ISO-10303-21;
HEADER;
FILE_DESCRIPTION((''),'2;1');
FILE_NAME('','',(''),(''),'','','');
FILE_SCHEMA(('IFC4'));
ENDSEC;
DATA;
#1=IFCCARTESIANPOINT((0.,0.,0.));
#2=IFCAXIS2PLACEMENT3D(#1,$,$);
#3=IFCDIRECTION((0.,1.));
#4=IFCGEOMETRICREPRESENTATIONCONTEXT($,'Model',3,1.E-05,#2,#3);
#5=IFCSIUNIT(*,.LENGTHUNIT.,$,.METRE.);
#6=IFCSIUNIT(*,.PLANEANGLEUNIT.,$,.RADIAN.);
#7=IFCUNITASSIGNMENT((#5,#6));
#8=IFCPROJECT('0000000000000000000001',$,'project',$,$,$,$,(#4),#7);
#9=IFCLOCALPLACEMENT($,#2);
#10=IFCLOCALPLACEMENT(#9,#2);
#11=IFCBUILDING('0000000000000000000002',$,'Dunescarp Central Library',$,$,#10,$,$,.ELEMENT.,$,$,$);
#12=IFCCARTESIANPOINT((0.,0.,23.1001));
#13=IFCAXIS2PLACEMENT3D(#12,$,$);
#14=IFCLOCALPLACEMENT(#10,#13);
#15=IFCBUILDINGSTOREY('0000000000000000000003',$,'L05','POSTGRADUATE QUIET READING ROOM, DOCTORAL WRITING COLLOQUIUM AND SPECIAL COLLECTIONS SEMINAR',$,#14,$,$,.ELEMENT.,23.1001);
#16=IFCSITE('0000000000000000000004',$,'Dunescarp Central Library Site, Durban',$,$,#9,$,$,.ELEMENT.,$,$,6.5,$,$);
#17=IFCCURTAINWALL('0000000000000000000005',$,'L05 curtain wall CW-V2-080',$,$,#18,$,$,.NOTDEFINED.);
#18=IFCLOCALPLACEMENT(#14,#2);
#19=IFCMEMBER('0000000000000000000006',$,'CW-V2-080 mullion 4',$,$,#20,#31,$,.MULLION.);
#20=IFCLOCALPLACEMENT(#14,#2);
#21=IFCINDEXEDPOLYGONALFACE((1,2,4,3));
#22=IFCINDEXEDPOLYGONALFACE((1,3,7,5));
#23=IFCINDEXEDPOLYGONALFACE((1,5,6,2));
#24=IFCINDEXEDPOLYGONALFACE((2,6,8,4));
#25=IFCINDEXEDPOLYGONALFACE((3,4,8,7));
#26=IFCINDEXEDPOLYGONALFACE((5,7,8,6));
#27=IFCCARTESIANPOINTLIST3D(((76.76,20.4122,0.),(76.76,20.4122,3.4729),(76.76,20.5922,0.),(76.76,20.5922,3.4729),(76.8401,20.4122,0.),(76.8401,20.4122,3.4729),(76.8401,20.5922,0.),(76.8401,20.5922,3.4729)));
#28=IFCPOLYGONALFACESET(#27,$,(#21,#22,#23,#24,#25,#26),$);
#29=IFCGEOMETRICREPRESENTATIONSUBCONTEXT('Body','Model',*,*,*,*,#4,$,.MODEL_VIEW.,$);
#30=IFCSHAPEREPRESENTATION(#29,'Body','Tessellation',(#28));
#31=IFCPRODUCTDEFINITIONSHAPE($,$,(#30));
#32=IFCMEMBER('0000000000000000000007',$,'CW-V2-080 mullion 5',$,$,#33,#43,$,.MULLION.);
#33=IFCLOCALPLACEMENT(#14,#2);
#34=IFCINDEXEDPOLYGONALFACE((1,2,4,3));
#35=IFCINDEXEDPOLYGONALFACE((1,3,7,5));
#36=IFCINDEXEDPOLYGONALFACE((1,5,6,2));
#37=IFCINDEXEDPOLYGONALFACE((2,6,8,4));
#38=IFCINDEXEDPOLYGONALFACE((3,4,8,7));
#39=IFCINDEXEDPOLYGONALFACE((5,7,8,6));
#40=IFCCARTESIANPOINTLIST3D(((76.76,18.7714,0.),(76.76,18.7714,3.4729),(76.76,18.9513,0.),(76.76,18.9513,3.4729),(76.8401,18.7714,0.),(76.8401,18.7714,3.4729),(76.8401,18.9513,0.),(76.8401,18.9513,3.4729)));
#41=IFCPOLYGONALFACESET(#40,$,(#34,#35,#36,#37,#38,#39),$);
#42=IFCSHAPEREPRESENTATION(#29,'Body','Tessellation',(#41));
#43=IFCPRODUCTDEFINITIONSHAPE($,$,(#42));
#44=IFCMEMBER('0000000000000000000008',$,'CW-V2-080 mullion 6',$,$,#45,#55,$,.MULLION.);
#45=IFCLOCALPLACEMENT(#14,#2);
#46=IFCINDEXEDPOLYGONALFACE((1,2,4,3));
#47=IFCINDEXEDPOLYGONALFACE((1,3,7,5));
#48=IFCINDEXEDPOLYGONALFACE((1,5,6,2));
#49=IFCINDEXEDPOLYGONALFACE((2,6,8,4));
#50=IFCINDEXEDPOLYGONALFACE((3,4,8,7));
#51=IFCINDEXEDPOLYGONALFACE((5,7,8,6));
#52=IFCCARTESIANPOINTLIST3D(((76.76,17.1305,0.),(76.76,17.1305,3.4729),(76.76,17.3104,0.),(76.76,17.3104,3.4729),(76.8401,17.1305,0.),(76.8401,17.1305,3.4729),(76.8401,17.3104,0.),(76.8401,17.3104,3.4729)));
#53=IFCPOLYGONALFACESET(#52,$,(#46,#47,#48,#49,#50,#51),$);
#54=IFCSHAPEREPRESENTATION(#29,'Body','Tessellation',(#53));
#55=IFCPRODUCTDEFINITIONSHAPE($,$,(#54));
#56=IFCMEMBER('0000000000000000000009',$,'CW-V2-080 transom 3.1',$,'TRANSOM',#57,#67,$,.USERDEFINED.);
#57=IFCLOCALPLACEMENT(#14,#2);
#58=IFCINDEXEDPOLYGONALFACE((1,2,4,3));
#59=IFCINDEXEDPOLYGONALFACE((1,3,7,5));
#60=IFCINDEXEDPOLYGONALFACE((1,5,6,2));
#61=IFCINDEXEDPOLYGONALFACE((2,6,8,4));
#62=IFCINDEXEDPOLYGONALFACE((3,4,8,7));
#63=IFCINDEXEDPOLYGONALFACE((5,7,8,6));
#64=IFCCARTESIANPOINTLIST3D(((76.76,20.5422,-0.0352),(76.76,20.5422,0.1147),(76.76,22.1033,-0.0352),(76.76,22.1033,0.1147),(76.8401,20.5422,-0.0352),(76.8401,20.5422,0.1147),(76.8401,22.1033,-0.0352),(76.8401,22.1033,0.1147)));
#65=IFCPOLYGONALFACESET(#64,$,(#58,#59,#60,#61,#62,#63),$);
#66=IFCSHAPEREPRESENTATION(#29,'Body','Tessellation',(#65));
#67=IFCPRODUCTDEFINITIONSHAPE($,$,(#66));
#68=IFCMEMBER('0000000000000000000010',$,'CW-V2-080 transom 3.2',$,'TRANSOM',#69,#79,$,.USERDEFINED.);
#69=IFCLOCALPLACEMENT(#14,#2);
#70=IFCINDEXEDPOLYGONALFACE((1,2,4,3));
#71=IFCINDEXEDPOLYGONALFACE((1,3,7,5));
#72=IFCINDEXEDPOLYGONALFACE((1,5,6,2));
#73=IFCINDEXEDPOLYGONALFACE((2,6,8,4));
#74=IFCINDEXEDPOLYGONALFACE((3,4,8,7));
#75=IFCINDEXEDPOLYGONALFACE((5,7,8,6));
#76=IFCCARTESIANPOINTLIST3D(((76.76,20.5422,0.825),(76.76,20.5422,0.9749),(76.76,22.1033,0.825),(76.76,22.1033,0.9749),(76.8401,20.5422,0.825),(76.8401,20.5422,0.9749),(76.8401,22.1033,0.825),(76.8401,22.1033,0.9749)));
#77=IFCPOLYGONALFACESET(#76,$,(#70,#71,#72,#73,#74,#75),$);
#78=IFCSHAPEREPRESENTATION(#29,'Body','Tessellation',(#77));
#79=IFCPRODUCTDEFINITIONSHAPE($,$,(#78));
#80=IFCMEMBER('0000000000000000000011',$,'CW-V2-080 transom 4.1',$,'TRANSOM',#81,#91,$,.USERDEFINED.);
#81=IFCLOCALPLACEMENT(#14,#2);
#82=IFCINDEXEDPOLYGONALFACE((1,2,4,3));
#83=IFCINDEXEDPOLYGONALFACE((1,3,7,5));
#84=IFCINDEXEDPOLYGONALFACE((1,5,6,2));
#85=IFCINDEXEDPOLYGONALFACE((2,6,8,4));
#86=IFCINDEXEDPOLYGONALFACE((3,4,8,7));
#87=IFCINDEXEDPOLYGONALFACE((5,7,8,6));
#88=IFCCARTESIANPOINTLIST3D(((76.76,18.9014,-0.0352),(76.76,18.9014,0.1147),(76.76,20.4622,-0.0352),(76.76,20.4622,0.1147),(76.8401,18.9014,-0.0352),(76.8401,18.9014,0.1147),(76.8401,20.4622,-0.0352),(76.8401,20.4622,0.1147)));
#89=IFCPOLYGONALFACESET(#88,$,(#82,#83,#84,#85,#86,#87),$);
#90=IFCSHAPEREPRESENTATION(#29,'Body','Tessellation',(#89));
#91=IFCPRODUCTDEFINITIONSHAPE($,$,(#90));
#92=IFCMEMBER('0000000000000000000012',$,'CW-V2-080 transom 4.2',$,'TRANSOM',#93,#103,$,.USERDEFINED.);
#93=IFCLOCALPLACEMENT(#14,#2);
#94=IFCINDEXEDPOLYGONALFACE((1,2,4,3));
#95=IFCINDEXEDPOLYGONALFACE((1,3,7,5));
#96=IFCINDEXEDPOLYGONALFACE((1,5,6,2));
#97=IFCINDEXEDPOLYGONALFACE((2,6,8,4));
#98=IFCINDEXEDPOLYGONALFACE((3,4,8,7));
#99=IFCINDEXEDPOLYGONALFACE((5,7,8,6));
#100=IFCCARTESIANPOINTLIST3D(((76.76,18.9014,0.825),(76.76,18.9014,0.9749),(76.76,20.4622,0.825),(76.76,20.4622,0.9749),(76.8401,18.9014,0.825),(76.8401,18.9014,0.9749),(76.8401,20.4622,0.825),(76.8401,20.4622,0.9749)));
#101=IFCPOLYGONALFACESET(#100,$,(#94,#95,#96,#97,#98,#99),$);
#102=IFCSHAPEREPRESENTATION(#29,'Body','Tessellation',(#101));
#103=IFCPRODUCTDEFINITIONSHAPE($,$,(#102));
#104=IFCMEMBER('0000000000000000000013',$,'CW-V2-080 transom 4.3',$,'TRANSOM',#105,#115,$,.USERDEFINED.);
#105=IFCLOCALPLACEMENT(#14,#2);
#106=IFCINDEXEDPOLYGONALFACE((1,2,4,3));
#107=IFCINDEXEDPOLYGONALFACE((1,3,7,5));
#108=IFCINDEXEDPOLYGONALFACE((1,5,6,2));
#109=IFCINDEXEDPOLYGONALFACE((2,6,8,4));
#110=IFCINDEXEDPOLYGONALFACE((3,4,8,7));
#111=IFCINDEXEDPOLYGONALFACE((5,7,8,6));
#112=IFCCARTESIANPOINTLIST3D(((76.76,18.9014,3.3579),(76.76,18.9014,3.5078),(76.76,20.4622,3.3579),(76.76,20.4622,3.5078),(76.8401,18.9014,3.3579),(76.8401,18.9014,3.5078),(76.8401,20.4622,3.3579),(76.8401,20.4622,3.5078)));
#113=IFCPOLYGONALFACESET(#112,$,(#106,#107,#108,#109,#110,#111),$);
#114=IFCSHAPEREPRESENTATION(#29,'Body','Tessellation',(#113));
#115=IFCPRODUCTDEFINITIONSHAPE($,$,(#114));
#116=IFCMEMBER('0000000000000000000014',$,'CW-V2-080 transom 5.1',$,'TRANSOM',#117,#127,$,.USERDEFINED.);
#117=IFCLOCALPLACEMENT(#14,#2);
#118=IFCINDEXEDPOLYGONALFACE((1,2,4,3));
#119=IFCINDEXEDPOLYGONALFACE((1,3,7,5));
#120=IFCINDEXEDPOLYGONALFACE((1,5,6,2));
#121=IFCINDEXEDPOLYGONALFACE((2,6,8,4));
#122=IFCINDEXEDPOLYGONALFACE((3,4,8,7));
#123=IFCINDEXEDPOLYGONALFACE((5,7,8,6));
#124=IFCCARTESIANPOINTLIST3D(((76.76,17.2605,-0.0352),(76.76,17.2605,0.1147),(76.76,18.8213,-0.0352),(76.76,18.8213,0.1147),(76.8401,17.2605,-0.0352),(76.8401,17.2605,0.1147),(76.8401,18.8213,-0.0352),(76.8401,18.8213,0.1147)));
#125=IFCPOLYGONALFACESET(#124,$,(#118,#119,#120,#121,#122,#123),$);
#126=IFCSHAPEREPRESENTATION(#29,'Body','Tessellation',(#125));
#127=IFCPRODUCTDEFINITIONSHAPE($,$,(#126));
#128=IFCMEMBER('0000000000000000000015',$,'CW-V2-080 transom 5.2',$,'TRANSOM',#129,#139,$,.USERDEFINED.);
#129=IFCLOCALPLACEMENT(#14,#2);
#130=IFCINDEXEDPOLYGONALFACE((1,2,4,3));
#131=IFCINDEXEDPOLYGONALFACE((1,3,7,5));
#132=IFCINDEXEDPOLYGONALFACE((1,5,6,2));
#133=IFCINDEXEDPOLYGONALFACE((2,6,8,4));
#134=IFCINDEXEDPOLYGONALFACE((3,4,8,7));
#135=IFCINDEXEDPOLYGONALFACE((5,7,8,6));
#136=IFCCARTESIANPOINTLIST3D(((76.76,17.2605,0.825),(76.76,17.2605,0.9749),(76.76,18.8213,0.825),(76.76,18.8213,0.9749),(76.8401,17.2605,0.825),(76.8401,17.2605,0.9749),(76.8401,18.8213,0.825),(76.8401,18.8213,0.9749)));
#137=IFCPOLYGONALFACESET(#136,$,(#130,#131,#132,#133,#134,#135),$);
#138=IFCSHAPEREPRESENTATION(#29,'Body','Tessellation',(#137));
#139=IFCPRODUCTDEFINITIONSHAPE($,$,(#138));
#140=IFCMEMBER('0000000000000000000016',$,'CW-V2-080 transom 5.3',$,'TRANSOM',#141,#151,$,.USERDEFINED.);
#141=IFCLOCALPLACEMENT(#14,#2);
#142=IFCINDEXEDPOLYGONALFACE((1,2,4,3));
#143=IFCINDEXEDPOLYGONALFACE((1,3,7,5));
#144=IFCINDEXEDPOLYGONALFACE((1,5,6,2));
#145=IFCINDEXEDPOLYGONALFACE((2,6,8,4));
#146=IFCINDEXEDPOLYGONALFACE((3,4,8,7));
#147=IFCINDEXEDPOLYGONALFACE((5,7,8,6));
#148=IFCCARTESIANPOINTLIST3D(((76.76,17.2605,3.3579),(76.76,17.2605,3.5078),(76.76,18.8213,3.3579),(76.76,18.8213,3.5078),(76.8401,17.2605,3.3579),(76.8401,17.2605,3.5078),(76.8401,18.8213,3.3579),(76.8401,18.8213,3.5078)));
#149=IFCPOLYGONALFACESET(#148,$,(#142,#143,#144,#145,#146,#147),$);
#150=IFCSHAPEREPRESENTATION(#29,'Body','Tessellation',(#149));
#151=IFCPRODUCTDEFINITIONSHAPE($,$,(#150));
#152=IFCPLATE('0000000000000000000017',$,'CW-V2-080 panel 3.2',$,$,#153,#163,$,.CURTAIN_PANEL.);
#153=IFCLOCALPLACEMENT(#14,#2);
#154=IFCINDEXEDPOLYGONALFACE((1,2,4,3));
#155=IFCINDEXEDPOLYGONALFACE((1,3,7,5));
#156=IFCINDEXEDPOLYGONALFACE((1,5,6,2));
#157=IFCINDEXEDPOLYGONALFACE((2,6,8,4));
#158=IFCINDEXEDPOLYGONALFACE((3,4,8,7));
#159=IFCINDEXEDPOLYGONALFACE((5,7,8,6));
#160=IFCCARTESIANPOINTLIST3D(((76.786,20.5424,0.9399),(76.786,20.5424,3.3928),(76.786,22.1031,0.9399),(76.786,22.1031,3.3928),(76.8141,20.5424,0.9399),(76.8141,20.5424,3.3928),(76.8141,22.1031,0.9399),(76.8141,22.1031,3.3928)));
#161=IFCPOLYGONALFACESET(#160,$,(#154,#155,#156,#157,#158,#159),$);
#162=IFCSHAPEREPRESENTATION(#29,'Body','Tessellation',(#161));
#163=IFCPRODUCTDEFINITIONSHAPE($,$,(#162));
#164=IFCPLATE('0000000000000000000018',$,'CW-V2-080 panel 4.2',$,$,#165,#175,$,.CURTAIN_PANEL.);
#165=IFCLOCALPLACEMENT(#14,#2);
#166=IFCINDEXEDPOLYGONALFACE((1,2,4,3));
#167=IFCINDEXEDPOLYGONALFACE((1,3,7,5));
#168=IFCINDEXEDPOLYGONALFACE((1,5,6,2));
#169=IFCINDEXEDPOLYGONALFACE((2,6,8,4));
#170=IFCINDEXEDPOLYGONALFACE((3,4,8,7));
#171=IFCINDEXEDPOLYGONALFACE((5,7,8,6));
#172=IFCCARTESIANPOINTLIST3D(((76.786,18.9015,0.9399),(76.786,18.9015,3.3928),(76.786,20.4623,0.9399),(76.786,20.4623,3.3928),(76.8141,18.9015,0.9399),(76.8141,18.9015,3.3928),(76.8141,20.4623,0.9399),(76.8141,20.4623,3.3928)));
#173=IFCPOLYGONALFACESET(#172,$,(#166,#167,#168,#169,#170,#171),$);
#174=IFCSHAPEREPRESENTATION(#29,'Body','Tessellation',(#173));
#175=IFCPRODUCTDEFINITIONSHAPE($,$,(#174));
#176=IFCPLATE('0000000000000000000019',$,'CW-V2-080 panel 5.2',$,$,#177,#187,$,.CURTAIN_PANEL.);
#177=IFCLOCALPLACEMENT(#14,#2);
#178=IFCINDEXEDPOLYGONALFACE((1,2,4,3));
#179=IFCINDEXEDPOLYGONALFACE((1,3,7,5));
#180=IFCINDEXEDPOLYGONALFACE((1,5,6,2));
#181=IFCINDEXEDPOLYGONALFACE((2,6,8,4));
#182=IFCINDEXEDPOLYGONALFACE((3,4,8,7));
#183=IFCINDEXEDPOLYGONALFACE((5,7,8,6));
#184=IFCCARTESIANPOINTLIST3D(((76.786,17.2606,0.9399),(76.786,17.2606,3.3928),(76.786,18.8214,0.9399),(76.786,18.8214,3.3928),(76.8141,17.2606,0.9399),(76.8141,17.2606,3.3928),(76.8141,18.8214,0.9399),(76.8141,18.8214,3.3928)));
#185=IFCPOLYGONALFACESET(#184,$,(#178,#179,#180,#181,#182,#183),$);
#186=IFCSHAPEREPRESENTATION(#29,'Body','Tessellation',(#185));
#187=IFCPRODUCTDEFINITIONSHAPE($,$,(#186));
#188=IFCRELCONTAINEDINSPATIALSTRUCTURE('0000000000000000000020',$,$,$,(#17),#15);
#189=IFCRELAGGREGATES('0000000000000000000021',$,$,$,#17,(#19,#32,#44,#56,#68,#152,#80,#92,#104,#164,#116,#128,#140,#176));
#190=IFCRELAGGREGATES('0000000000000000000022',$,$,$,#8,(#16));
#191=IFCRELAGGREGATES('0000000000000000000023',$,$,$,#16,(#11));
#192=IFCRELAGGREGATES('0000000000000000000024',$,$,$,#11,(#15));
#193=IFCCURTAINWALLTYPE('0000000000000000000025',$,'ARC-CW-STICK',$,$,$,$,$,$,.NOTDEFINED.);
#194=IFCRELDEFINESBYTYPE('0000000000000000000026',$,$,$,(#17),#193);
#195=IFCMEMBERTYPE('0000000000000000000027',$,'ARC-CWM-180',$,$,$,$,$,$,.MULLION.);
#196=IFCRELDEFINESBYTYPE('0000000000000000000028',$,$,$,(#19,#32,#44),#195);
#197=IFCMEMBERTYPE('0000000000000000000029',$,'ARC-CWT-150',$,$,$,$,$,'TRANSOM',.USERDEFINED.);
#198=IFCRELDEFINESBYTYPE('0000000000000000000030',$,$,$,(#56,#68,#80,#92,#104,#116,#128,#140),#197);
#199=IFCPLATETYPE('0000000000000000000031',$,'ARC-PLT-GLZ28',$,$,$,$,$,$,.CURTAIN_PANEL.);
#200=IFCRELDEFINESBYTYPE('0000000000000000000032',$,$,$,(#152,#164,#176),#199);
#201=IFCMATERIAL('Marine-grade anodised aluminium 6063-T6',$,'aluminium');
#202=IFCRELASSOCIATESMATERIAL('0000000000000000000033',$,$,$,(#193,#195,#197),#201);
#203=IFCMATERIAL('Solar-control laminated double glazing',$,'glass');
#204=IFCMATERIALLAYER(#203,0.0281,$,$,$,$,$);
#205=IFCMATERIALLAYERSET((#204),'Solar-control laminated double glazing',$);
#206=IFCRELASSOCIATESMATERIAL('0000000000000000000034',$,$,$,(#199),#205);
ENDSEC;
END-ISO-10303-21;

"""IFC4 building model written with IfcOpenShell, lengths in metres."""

from ifc_helpers import new_model, si_unit, direction, frame, origin, origin_2d, place, context, subcontext, project, spatial, rectangle, extrude, material, layer, layer_set, material_profile, profile_set, type_object, element, aggregate, save


model = new_model("IFC4")

# Units and contexts
model_context = context("Model", 3, precision=1e-05, world=origin(), true_north=direction((0.0, 1.0)))
body_context = subcontext(model_context, "Body", "Model", "MODEL_VIEW")
ifc_project = project(units=[si_unit("LENGTHUNIT", "METRE"), si_unit("PLANEANGLEUNIT", "RADIAN")], contexts=[model_context])

# Site, building, storey
site_placement = place(None, origin())
site = spatial("IfcSite", under=ifc_project, at=site_placement, Name="Dunescarp Central Library Site, Durban", CompositionType="ELEMENT", RefElevation=6.5)
building_placement = place(site_placement, origin())
building = spatial("IfcBuilding", under=site, at=building_placement, Name="Dunescarp Central Library", CompositionType="ELEMENT")
storey_placement = place(building_placement, frame((0.0, 0.0, 23.1001)))
storey = spatial("IfcBuildingStorey", under=building, at=storey_placement, Name="L05", Description="POSTGRADUATE QUIET READING ROOM, DOCTORAL WRITING COLLOQUIUM AND SPECIAL COLLECTIONS SEMINAR", CompositionType="ELEMENT", Elevation=23.1001)

# Curtain wall, members, plates
ifc_material_1 = material(Name="Marine-grade anodised aluminium 6063-T6", Category="aluminium")
curtain_wall_type = type_object("IfcCurtainWallType", Name="ARC-CW-STICK", PredefinedType="NOTDEFINED", material=ifc_material_1)
curtain_wall_placement = place(storey_placement, origin())
curtain_wall = element("IfcCurtainWall", 1, at=curtain_wall_placement, inside=storey, type_object=curtain_wall_type, Name="L05 curtain wall CW-V2-080", PredefinedType="NOTDEFINED")
ifc_material_profile_1 = material_profile(ifc_material_1, rectangle(XDim=0.0801, YDim=0.1799, at=origin_2d()), Name="AL 80x180")
ifc_profile_set_1 = profile_set([ifc_material_profile_1], Name="Marine-grade anodised aluminium 6063-T6")
member_type_1 = type_object("IfcMemberType", Name="ARC-CWM-180", PredefinedType="MULLION", material=ifc_profile_set_1)
member_1_placement = place(storey_placement, frame((76.8, 20.5022, 0.0), z_axis=(0.0, 0.0, 1.0), x_axis=(1.0, 0.0, 0.0)))
member_1 = element("IfcMember", 2, at=member_1_placement, type_object=member_type_1, Name="CW-V2-080 mullion 4", PredefinedType="MULLION", context=body_context, shape_type="SweptSolid", body=[
    extrude(rectangle(XDim=0.0801, YDim=0.1799, at=origin_2d()), origin(), (0.0, 0.0, 1.0), 3.4729),
])
member_2_placement = place(storey_placement, frame((76.8, 18.8613, 0.0), z_axis=(0.0, 0.0, 1.0), x_axis=(1.0, 0.0, 0.0)))
member_2 = element("IfcMember", 3, at=member_2_placement, type_object=member_type_1, Name="CW-V2-080 mullion 5", PredefinedType="MULLION", context=body_context, shape_type="SweptSolid", body=[
    extrude(rectangle(XDim=0.0801, YDim=0.1799, at=origin_2d()), origin(), (0.0, 0.0, 1.0), 3.4729),
])
member_3_placement = place(storey_placement, frame((76.8, 17.2205, 0.0), z_axis=(0.0, 0.0, 1.0), x_axis=(1.0, 0.0, 0.0)))
member_3 = element("IfcMember", 4, at=member_3_placement, type_object=member_type_1, Name="CW-V2-080 mullion 6", PredefinedType="MULLION", context=body_context, shape_type="SweptSolid", body=[
    extrude(rectangle(XDim=0.0801, YDim=0.1799, at=origin_2d()), origin(), (0.0, 0.0, 1.0), 3.4729),
])
ifc_material_profile_2 = material_profile(ifc_material_1, rectangle(XDim=0.0801, YDim=0.1499, at=origin_2d()), Name="AL 80x150")
ifc_profile_set_2 = profile_set([ifc_material_profile_2], Name="Marine-grade anodised aluminium 6063-T6")
member_type_2 = type_object("IfcMemberType", Name="ARC-CWT-150", ElementType="TRANSOM", PredefinedType="USERDEFINED", material=ifc_profile_set_2)
member_4_placement = place(storey_placement, frame((76.8, 22.1033, 0.0398), z_axis=(0.0, -1.0, 0.0), x_axis=(1.0, 0.0, 0.0)))
member_4 = element("IfcMember", 5, at=member_4_placement, type_object=member_type_2, Name="CW-V2-080 transom 3.1", ObjectType="TRANSOM", PredefinedType="USERDEFINED", context=body_context, shape_type="SweptSolid", body=[
    extrude(rectangle(XDim=0.0801, YDim=0.1499, at=origin_2d()), origin(), (0.0, 0.0, 1.0), 1.561),
])
member_5_placement = place(storey_placement, frame((76.8, 22.1033, 0.8999), z_axis=(0.0, -1.0, 0.0), x_axis=(1.0, 0.0, 0.0)))
member_5 = element("IfcMember", 6, at=member_5_placement, type_object=member_type_2, Name="CW-V2-080 transom 3.2", ObjectType="TRANSOM", PredefinedType="USERDEFINED", context=body_context, shape_type="SweptSolid", body=[
    extrude(rectangle(XDim=0.0801, YDim=0.1499, at=origin_2d()), origin(), (0.0, 0.0, 1.0), 1.561),
])
member_6_placement = place(storey_placement, frame((76.8, 20.4622, 0.0398), z_axis=(0.0, -1.0, 0.0), x_axis=(1.0, 0.0, 0.0)))
member_6 = element("IfcMember", 7, at=member_6_placement, type_object=member_type_2, Name="CW-V2-080 transom 4.1", ObjectType="TRANSOM", PredefinedType="USERDEFINED", context=body_context, shape_type="SweptSolid", body=[
    extrude(rectangle(XDim=0.0801, YDim=0.1499, at=origin_2d()), origin(), (0.0, 0.0, 1.0), 1.5608),
])
member_7_placement = place(storey_placement, frame((76.8, 20.4622, 0.8999), z_axis=(0.0, -1.0, 0.0), x_axis=(1.0, 0.0, 0.0)))
member_7 = element("IfcMember", 8, at=member_7_placement, type_object=member_type_2, Name="CW-V2-080 transom 4.2", ObjectType="TRANSOM", PredefinedType="USERDEFINED", context=body_context, shape_type="SweptSolid", body=[
    extrude(rectangle(XDim=0.0801, YDim=0.1499, at=origin_2d()), origin(), (0.0, 0.0, 1.0), 1.5608),
])
member_8_placement = place(storey_placement, frame((76.8, 20.4622, 3.4329), z_axis=(0.0, -1.0, 0.0), x_axis=(1.0, 0.0, 0.0)))
member_8 = element("IfcMember", 9, at=member_8_placement, type_object=member_type_2, Name="CW-V2-080 transom 4.3", ObjectType="TRANSOM", PredefinedType="USERDEFINED", context=body_context, shape_type="SweptSolid", body=[
    extrude(rectangle(XDim=0.0801, YDim=0.1499, at=origin_2d()), origin(), (0.0, 0.0, 1.0), 1.5608),
])
member_9_placement = place(storey_placement, frame((76.8, 18.8213, 0.0398), z_axis=(0.0, -1.0, 0.0), x_axis=(1.0, 0.0, 0.0)))
member_9 = element("IfcMember", 10, at=member_9_placement, type_object=member_type_2, Name="CW-V2-080 transom 5.1", ObjectType="TRANSOM", PredefinedType="USERDEFINED", context=body_context, shape_type="SweptSolid", body=[
    extrude(rectangle(XDim=0.0801, YDim=0.1499, at=origin_2d()), origin(), (0.0, 0.0, 1.0), 1.5608),
])
member_10_placement = place(storey_placement, frame((76.8, 18.8213, 0.8999), z_axis=(0.0, -1.0, 0.0), x_axis=(1.0, 0.0, 0.0)))
member_10 = element("IfcMember", 11, at=member_10_placement, type_object=member_type_2, Name="CW-V2-080 transom 5.2", ObjectType="TRANSOM", PredefinedType="USERDEFINED", context=body_context, shape_type="SweptSolid", body=[
    extrude(rectangle(XDim=0.0801, YDim=0.1499, at=origin_2d()), origin(), (0.0, 0.0, 1.0), 1.5608),
])
member_11_placement = place(storey_placement, frame((76.8, 18.8213, 3.4329), z_axis=(0.0, -1.0, 0.0), x_axis=(1.0, 0.0, 0.0)))
member_11 = element("IfcMember", 12, at=member_11_placement, type_object=member_type_2, Name="CW-V2-080 transom 5.3", ObjectType="TRANSOM", PredefinedType="USERDEFINED", context=body_context, shape_type="SweptSolid", body=[
    extrude(rectangle(XDim=0.0801, YDim=0.1499, at=origin_2d()), origin(), (0.0, 0.0, 1.0), 1.5608),
])
ifc_material_2 = material(Name="Solar-control laminated double glazing", Category="glass")
ifc_layer_1 = layer(ifc_material_2, 0.0281)
ifc_layer_set_1 = layer_set([ifc_layer_1], Name="Solar-control laminated double glazing")
plate_type_1 = type_object("IfcPlateType", Name="ARC-PLT-GLZ28", PredefinedType="CURTAIN_PANEL", material=ifc_layer_set_1)
plate_1_placement = place(storey_placement, frame((76.8, 21.3228, 0.9399), z_axis=(0.0, 0.0, 1.0), x_axis=(0.0, -1.0, 0.0)))
plate_1 = element("IfcPlate", 13, at=plate_1_placement, type_object=plate_type_1, Name="CW-V2-080 panel 3.2", PredefinedType="CURTAIN_PANEL", context=body_context, shape_type="SweptSolid", body=[
    extrude(rectangle(XDim=1.5608, YDim=0.0281, at=origin_2d()), origin(), (0.0, 0.0, 1.0), 2.4529),
])
plate_2_placement = place(storey_placement, frame((76.8, 19.6819, 0.9399), z_axis=(0.0, 0.0, 1.0), x_axis=(0.0, -1.0, 0.0)))
plate_2 = element("IfcPlate", 14, at=plate_2_placement, type_object=plate_type_1, Name="CW-V2-080 panel 4.2", PredefinedType="CURTAIN_PANEL", context=body_context, shape_type="SweptSolid", body=[
    extrude(rectangle(XDim=1.5608, YDim=0.0281, at=origin_2d()), origin(), (0.0, 0.0, 1.0), 2.4529),
])
plate_3_placement = place(storey_placement, frame((76.8, 18.041, 0.9399), z_axis=(0.0, 0.0, 1.0), x_axis=(0.0, -1.0, 0.0)))
plate_3 = element("IfcPlate", 15, at=plate_3_placement, type_object=plate_type_1, Name="CW-V2-080 panel 5.2", PredefinedType="CURTAIN_PANEL", context=body_context, shape_type="SweptSolid", body=[
    extrude(rectangle(XDim=1.5608, YDim=0.0281, at=origin_2d()), origin(), (0.0, 0.0, 1.0), 2.4529),
])
aggregate(curtain_wall, [member_1, member_2, member_3, member_4, member_5, plate_1, member_6, member_7, member_8, plate_2, member_9, member_10, member_11, plate_3])

save(model, "model.ifc")
